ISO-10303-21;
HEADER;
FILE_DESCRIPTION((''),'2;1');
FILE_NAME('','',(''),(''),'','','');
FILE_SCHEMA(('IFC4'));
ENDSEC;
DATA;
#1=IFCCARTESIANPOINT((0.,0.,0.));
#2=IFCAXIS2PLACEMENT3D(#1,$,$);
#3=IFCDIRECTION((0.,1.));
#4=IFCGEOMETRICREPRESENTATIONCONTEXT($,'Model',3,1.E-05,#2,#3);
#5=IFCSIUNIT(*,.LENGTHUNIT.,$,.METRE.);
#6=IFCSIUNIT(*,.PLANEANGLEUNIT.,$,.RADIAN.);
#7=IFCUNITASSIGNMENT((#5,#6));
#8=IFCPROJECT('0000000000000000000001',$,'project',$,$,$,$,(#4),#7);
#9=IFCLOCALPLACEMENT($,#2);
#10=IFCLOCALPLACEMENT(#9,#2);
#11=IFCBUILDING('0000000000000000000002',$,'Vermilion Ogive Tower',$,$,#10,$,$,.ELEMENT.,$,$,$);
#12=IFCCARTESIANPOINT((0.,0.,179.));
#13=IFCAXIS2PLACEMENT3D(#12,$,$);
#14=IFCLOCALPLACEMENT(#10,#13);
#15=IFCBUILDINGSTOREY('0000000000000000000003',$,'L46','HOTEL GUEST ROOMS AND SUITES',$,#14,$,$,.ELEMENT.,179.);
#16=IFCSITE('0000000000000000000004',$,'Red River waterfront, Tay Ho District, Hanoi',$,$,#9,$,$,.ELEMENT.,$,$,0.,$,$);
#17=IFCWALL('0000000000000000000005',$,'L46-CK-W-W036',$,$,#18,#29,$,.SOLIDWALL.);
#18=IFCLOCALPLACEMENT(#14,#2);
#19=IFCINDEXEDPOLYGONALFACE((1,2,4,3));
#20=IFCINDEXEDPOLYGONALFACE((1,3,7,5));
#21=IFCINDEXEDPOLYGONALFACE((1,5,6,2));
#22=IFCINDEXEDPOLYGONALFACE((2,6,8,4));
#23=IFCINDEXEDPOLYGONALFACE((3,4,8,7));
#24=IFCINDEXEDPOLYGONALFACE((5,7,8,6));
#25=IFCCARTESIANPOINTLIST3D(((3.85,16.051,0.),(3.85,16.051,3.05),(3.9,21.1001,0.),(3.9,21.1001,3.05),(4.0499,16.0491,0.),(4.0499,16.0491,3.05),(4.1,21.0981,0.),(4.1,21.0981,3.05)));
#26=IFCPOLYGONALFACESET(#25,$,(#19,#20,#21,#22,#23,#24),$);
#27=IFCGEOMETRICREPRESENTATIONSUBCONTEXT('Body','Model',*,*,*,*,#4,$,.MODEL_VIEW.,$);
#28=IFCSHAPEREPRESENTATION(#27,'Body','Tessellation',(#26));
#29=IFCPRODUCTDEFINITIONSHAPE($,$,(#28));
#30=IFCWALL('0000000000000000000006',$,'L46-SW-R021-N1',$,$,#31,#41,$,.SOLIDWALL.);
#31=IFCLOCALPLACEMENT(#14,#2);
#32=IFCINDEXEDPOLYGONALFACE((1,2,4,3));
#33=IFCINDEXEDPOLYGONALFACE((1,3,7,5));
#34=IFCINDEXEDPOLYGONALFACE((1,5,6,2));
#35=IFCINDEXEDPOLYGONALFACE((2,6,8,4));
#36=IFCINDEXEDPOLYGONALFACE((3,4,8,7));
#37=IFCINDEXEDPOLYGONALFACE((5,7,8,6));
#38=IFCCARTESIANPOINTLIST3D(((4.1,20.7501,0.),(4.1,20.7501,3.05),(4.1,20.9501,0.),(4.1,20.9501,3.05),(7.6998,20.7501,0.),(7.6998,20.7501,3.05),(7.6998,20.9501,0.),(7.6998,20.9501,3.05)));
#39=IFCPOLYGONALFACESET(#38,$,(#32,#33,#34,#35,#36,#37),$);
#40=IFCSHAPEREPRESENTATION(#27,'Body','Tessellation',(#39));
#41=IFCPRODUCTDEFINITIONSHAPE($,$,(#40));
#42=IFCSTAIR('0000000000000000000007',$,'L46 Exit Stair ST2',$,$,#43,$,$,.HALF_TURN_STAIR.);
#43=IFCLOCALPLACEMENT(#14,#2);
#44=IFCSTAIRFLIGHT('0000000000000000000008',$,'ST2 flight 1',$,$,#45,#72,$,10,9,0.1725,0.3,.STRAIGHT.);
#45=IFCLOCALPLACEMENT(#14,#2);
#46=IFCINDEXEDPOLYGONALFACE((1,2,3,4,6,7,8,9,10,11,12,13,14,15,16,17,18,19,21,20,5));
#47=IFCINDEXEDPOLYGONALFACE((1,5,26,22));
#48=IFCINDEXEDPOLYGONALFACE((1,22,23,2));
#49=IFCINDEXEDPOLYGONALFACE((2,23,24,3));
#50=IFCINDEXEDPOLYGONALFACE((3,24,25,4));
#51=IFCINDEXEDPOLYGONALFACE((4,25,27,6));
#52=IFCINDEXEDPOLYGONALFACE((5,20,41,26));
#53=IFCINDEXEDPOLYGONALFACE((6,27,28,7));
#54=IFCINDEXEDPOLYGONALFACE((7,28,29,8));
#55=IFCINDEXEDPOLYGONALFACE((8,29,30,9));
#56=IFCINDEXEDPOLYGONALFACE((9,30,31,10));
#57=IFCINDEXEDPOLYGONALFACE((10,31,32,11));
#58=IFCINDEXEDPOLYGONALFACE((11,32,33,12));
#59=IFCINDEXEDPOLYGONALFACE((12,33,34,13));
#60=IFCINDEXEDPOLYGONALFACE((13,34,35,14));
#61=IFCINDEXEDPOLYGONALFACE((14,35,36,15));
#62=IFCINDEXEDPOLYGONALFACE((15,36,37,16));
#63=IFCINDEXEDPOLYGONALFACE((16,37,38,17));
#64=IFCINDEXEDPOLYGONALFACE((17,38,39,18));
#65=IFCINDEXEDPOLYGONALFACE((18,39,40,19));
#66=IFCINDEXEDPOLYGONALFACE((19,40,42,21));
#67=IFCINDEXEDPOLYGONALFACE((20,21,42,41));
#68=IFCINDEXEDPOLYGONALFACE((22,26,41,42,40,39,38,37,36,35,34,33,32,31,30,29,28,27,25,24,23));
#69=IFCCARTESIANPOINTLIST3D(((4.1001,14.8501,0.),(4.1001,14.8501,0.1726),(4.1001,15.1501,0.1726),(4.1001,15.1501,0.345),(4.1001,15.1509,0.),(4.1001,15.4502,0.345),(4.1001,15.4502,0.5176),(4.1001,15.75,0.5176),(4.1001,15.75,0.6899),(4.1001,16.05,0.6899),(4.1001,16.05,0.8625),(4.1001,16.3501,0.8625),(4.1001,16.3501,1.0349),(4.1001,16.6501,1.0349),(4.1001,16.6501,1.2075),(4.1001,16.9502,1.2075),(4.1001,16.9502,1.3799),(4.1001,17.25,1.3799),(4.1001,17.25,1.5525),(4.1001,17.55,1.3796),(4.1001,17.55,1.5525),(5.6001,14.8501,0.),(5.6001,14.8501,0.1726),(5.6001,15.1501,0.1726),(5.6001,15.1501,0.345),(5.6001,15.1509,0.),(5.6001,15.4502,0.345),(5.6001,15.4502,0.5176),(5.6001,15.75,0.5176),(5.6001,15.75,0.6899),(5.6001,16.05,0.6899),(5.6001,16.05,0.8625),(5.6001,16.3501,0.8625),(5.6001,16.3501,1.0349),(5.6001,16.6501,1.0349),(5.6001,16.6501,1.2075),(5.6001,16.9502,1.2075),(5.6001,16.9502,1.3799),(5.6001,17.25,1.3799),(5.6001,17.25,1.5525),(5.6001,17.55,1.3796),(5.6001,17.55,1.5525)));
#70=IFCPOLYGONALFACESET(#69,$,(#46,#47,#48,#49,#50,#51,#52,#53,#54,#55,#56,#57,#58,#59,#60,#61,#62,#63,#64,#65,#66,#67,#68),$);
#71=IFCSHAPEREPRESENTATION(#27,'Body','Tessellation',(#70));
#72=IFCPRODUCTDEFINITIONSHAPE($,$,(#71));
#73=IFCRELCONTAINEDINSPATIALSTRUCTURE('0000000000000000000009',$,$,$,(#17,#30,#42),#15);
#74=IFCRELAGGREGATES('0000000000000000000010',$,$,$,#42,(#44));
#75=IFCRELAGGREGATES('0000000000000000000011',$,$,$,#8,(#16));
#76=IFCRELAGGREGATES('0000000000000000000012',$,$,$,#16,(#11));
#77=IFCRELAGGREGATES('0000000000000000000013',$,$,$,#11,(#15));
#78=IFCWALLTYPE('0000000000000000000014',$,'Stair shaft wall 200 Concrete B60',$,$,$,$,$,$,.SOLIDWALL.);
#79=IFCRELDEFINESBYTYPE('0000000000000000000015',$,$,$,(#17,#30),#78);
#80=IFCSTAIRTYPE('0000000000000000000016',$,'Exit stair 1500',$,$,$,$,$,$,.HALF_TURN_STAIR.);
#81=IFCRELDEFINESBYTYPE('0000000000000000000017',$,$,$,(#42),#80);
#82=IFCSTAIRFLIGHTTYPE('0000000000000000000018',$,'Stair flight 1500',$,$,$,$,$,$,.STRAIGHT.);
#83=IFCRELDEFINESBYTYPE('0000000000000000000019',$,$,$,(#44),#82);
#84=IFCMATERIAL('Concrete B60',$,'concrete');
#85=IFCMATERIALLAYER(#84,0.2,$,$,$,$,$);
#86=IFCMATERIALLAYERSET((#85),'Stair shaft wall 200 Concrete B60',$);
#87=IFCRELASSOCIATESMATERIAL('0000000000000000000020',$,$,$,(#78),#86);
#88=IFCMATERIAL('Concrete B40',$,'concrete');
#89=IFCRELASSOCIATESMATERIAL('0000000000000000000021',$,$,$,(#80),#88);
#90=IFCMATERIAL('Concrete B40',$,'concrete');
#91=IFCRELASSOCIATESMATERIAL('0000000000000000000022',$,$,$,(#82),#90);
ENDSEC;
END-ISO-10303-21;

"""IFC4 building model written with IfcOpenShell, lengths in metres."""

from ifc_helpers import new_model, si_unit, direction, frame, frame_2d, origin, place, context, subcontext, project, spatial, polyline, rectangle, outline, extrude, material, layer, layer_set, type_object, element, aggregate, save


model = new_model("IFC4")

# Units and contexts
model_context = context("Model", 3, precision=1e-05, world=origin(), true_north=direction((0.0, 1.0)))
body_context = subcontext(model_context, "Body", "Model", "MODEL_VIEW")
ifc_project = project(units=[si_unit("LENGTHUNIT", "METRE"), si_unit("PLANEANGLEUNIT", "RADIAN")], contexts=[model_context])

# Site, building, storey
site_placement = place(None, origin())
site = spatial("IfcSite", under=ifc_project, at=site_placement, Name="Red River waterfront, Tay Ho District, Hanoi", CompositionType="ELEMENT", RefElevation=0.0)
building_placement = place(site_placement, origin())
building = spatial("IfcBuilding", under=site, at=building_placement, Name="Vermilion Ogive Tower", CompositionType="ELEMENT")
storey_placement = place(building_placement, frame((0.0, 0.0, 179.0)))
storey = spatial("IfcBuildingStorey", under=building, at=storey_placement, Name="L46", Description="HOTEL GUEST ROOMS AND SUITES", CompositionType="ELEMENT", Elevation=179.0)

# Shared definitions
ifc_material_1 = material(Name="Concrete B60", Category="concrete")
ifc_layer_1 = layer(ifc_material_1, 0.2)
ifc_layer_set_1 = layer_set([ifc_layer_1], Name="Stair shaft wall 200 Concrete B60")
wall_type_1 = type_object("IfcWallType", Name="Stair shaft wall 200 Concrete B60", PredefinedType="SOLIDWALL", material=ifc_layer_set_1)

# Walls
wall_1_placement = place(storey_placement, frame((3.95, 16.05, 0.0), z_axis=(0.0, 0.0, 1.0), x_axis=(0.009912, 0.999951, 0.0)))
element("IfcWall", 1, at=wall_1_placement, inside=storey, type_object=wall_type_1, Name="L46-CK-W-W036", PredefinedType="SOLIDWALL", context=body_context, shape_type="SweptSolid", body=[
    extrude(rectangle(XDim=5.0493, YDim=0.2, at=frame_2d((2.5247, 0.0))), origin(), (0.0, 0.0, 1.0), 3.05),
])
wall_2_placement = place(storey_placement, frame((4.1001, 20.8501, 0.0), z_axis=(0.0, 0.0, 1.0), x_axis=(1.0, 0.0, 0.0)))
element("IfcWall", 2, at=wall_2_placement, inside=storey, type_object=wall_type_1, Name="L46-SW-R021-N1", PredefinedType="SOLIDWALL", context=body_context, shape_type="SweptSolid", body=[
    extrude(rectangle(XDim=3.5999, YDim=0.2, at=frame_2d((1.7998, 0.0))), origin(), (0.0, 0.0, 1.0), 3.05),
])

# Stair, stair flight
ifc_material_2 = material(Name="Concrete B40", Category="concrete")
stair_type = type_object("IfcStairType", Name="Exit stair 1500", PredefinedType="HALF_TURN_STAIR", material=ifc_material_2)
stair_placement = place(storey_placement, origin())
stair = element("IfcStair", 3, at=stair_placement, inside=storey, type_object=stair_type, Name="L46 Exit Stair ST2", PredefinedType="HALF_TURN_STAIR")
ifc_material_3 = material(Name="Concrete B40", Category="concrete")
stair_flight_type = type_object("IfcStairFlightType", Name="Stair flight 1500", PredefinedType="STRAIGHT", material=ifc_material_3)
stair_flight_placement = place(storey_placement, frame((4.8501, 14.8501, 0.0), z_axis=(0.0, 0.0, 1.0), x_axis=(0.0, 1.0, 0.0)))
stair_flight = element("IfcStairFlight", 4, at=stair_flight_placement, type_object=stair_flight_type, Name="ST2 flight 1", NumberOfRisers=10, NumberOfTreads=9, PredefinedType="STRAIGHT", RiserHeight=0.1725, TreadLength=0.3, context=body_context, shape_type="SweptSolid", body=[
    extrude(outline(polyline([(0.0, 0.0), (0.0, 0.1726), (0.3, 0.1726), (0.3, 0.345), (0.6001, 0.345), (0.6001, 0.5176), (0.8999, 0.5176), (0.8999, 0.6899), (1.2, 0.6899), (1.2, 0.8625), (1.5, 0.8625), (1.5, 1.0349), (1.8, 1.0349), (1.8, 1.2075), (2.1001, 1.2075), (2.1001, 1.3799), (2.3999, 1.3799), (2.3999, 1.5525), (2.7, 1.5525), (2.7, 1.7251), (2.7, 1.3796), (0.3008, 0.0), (0.0, 0.0)])), frame((0.0, 0.75, 0.0), z_axis=(0.0, -1.0, 0.0), x_axis=(1.0, 0.0, 0.0)), (0.0, 0.0, 1.0), 1.5),
])
aggregate(stair, [stair_flight])

save(model, "model.ifc")
